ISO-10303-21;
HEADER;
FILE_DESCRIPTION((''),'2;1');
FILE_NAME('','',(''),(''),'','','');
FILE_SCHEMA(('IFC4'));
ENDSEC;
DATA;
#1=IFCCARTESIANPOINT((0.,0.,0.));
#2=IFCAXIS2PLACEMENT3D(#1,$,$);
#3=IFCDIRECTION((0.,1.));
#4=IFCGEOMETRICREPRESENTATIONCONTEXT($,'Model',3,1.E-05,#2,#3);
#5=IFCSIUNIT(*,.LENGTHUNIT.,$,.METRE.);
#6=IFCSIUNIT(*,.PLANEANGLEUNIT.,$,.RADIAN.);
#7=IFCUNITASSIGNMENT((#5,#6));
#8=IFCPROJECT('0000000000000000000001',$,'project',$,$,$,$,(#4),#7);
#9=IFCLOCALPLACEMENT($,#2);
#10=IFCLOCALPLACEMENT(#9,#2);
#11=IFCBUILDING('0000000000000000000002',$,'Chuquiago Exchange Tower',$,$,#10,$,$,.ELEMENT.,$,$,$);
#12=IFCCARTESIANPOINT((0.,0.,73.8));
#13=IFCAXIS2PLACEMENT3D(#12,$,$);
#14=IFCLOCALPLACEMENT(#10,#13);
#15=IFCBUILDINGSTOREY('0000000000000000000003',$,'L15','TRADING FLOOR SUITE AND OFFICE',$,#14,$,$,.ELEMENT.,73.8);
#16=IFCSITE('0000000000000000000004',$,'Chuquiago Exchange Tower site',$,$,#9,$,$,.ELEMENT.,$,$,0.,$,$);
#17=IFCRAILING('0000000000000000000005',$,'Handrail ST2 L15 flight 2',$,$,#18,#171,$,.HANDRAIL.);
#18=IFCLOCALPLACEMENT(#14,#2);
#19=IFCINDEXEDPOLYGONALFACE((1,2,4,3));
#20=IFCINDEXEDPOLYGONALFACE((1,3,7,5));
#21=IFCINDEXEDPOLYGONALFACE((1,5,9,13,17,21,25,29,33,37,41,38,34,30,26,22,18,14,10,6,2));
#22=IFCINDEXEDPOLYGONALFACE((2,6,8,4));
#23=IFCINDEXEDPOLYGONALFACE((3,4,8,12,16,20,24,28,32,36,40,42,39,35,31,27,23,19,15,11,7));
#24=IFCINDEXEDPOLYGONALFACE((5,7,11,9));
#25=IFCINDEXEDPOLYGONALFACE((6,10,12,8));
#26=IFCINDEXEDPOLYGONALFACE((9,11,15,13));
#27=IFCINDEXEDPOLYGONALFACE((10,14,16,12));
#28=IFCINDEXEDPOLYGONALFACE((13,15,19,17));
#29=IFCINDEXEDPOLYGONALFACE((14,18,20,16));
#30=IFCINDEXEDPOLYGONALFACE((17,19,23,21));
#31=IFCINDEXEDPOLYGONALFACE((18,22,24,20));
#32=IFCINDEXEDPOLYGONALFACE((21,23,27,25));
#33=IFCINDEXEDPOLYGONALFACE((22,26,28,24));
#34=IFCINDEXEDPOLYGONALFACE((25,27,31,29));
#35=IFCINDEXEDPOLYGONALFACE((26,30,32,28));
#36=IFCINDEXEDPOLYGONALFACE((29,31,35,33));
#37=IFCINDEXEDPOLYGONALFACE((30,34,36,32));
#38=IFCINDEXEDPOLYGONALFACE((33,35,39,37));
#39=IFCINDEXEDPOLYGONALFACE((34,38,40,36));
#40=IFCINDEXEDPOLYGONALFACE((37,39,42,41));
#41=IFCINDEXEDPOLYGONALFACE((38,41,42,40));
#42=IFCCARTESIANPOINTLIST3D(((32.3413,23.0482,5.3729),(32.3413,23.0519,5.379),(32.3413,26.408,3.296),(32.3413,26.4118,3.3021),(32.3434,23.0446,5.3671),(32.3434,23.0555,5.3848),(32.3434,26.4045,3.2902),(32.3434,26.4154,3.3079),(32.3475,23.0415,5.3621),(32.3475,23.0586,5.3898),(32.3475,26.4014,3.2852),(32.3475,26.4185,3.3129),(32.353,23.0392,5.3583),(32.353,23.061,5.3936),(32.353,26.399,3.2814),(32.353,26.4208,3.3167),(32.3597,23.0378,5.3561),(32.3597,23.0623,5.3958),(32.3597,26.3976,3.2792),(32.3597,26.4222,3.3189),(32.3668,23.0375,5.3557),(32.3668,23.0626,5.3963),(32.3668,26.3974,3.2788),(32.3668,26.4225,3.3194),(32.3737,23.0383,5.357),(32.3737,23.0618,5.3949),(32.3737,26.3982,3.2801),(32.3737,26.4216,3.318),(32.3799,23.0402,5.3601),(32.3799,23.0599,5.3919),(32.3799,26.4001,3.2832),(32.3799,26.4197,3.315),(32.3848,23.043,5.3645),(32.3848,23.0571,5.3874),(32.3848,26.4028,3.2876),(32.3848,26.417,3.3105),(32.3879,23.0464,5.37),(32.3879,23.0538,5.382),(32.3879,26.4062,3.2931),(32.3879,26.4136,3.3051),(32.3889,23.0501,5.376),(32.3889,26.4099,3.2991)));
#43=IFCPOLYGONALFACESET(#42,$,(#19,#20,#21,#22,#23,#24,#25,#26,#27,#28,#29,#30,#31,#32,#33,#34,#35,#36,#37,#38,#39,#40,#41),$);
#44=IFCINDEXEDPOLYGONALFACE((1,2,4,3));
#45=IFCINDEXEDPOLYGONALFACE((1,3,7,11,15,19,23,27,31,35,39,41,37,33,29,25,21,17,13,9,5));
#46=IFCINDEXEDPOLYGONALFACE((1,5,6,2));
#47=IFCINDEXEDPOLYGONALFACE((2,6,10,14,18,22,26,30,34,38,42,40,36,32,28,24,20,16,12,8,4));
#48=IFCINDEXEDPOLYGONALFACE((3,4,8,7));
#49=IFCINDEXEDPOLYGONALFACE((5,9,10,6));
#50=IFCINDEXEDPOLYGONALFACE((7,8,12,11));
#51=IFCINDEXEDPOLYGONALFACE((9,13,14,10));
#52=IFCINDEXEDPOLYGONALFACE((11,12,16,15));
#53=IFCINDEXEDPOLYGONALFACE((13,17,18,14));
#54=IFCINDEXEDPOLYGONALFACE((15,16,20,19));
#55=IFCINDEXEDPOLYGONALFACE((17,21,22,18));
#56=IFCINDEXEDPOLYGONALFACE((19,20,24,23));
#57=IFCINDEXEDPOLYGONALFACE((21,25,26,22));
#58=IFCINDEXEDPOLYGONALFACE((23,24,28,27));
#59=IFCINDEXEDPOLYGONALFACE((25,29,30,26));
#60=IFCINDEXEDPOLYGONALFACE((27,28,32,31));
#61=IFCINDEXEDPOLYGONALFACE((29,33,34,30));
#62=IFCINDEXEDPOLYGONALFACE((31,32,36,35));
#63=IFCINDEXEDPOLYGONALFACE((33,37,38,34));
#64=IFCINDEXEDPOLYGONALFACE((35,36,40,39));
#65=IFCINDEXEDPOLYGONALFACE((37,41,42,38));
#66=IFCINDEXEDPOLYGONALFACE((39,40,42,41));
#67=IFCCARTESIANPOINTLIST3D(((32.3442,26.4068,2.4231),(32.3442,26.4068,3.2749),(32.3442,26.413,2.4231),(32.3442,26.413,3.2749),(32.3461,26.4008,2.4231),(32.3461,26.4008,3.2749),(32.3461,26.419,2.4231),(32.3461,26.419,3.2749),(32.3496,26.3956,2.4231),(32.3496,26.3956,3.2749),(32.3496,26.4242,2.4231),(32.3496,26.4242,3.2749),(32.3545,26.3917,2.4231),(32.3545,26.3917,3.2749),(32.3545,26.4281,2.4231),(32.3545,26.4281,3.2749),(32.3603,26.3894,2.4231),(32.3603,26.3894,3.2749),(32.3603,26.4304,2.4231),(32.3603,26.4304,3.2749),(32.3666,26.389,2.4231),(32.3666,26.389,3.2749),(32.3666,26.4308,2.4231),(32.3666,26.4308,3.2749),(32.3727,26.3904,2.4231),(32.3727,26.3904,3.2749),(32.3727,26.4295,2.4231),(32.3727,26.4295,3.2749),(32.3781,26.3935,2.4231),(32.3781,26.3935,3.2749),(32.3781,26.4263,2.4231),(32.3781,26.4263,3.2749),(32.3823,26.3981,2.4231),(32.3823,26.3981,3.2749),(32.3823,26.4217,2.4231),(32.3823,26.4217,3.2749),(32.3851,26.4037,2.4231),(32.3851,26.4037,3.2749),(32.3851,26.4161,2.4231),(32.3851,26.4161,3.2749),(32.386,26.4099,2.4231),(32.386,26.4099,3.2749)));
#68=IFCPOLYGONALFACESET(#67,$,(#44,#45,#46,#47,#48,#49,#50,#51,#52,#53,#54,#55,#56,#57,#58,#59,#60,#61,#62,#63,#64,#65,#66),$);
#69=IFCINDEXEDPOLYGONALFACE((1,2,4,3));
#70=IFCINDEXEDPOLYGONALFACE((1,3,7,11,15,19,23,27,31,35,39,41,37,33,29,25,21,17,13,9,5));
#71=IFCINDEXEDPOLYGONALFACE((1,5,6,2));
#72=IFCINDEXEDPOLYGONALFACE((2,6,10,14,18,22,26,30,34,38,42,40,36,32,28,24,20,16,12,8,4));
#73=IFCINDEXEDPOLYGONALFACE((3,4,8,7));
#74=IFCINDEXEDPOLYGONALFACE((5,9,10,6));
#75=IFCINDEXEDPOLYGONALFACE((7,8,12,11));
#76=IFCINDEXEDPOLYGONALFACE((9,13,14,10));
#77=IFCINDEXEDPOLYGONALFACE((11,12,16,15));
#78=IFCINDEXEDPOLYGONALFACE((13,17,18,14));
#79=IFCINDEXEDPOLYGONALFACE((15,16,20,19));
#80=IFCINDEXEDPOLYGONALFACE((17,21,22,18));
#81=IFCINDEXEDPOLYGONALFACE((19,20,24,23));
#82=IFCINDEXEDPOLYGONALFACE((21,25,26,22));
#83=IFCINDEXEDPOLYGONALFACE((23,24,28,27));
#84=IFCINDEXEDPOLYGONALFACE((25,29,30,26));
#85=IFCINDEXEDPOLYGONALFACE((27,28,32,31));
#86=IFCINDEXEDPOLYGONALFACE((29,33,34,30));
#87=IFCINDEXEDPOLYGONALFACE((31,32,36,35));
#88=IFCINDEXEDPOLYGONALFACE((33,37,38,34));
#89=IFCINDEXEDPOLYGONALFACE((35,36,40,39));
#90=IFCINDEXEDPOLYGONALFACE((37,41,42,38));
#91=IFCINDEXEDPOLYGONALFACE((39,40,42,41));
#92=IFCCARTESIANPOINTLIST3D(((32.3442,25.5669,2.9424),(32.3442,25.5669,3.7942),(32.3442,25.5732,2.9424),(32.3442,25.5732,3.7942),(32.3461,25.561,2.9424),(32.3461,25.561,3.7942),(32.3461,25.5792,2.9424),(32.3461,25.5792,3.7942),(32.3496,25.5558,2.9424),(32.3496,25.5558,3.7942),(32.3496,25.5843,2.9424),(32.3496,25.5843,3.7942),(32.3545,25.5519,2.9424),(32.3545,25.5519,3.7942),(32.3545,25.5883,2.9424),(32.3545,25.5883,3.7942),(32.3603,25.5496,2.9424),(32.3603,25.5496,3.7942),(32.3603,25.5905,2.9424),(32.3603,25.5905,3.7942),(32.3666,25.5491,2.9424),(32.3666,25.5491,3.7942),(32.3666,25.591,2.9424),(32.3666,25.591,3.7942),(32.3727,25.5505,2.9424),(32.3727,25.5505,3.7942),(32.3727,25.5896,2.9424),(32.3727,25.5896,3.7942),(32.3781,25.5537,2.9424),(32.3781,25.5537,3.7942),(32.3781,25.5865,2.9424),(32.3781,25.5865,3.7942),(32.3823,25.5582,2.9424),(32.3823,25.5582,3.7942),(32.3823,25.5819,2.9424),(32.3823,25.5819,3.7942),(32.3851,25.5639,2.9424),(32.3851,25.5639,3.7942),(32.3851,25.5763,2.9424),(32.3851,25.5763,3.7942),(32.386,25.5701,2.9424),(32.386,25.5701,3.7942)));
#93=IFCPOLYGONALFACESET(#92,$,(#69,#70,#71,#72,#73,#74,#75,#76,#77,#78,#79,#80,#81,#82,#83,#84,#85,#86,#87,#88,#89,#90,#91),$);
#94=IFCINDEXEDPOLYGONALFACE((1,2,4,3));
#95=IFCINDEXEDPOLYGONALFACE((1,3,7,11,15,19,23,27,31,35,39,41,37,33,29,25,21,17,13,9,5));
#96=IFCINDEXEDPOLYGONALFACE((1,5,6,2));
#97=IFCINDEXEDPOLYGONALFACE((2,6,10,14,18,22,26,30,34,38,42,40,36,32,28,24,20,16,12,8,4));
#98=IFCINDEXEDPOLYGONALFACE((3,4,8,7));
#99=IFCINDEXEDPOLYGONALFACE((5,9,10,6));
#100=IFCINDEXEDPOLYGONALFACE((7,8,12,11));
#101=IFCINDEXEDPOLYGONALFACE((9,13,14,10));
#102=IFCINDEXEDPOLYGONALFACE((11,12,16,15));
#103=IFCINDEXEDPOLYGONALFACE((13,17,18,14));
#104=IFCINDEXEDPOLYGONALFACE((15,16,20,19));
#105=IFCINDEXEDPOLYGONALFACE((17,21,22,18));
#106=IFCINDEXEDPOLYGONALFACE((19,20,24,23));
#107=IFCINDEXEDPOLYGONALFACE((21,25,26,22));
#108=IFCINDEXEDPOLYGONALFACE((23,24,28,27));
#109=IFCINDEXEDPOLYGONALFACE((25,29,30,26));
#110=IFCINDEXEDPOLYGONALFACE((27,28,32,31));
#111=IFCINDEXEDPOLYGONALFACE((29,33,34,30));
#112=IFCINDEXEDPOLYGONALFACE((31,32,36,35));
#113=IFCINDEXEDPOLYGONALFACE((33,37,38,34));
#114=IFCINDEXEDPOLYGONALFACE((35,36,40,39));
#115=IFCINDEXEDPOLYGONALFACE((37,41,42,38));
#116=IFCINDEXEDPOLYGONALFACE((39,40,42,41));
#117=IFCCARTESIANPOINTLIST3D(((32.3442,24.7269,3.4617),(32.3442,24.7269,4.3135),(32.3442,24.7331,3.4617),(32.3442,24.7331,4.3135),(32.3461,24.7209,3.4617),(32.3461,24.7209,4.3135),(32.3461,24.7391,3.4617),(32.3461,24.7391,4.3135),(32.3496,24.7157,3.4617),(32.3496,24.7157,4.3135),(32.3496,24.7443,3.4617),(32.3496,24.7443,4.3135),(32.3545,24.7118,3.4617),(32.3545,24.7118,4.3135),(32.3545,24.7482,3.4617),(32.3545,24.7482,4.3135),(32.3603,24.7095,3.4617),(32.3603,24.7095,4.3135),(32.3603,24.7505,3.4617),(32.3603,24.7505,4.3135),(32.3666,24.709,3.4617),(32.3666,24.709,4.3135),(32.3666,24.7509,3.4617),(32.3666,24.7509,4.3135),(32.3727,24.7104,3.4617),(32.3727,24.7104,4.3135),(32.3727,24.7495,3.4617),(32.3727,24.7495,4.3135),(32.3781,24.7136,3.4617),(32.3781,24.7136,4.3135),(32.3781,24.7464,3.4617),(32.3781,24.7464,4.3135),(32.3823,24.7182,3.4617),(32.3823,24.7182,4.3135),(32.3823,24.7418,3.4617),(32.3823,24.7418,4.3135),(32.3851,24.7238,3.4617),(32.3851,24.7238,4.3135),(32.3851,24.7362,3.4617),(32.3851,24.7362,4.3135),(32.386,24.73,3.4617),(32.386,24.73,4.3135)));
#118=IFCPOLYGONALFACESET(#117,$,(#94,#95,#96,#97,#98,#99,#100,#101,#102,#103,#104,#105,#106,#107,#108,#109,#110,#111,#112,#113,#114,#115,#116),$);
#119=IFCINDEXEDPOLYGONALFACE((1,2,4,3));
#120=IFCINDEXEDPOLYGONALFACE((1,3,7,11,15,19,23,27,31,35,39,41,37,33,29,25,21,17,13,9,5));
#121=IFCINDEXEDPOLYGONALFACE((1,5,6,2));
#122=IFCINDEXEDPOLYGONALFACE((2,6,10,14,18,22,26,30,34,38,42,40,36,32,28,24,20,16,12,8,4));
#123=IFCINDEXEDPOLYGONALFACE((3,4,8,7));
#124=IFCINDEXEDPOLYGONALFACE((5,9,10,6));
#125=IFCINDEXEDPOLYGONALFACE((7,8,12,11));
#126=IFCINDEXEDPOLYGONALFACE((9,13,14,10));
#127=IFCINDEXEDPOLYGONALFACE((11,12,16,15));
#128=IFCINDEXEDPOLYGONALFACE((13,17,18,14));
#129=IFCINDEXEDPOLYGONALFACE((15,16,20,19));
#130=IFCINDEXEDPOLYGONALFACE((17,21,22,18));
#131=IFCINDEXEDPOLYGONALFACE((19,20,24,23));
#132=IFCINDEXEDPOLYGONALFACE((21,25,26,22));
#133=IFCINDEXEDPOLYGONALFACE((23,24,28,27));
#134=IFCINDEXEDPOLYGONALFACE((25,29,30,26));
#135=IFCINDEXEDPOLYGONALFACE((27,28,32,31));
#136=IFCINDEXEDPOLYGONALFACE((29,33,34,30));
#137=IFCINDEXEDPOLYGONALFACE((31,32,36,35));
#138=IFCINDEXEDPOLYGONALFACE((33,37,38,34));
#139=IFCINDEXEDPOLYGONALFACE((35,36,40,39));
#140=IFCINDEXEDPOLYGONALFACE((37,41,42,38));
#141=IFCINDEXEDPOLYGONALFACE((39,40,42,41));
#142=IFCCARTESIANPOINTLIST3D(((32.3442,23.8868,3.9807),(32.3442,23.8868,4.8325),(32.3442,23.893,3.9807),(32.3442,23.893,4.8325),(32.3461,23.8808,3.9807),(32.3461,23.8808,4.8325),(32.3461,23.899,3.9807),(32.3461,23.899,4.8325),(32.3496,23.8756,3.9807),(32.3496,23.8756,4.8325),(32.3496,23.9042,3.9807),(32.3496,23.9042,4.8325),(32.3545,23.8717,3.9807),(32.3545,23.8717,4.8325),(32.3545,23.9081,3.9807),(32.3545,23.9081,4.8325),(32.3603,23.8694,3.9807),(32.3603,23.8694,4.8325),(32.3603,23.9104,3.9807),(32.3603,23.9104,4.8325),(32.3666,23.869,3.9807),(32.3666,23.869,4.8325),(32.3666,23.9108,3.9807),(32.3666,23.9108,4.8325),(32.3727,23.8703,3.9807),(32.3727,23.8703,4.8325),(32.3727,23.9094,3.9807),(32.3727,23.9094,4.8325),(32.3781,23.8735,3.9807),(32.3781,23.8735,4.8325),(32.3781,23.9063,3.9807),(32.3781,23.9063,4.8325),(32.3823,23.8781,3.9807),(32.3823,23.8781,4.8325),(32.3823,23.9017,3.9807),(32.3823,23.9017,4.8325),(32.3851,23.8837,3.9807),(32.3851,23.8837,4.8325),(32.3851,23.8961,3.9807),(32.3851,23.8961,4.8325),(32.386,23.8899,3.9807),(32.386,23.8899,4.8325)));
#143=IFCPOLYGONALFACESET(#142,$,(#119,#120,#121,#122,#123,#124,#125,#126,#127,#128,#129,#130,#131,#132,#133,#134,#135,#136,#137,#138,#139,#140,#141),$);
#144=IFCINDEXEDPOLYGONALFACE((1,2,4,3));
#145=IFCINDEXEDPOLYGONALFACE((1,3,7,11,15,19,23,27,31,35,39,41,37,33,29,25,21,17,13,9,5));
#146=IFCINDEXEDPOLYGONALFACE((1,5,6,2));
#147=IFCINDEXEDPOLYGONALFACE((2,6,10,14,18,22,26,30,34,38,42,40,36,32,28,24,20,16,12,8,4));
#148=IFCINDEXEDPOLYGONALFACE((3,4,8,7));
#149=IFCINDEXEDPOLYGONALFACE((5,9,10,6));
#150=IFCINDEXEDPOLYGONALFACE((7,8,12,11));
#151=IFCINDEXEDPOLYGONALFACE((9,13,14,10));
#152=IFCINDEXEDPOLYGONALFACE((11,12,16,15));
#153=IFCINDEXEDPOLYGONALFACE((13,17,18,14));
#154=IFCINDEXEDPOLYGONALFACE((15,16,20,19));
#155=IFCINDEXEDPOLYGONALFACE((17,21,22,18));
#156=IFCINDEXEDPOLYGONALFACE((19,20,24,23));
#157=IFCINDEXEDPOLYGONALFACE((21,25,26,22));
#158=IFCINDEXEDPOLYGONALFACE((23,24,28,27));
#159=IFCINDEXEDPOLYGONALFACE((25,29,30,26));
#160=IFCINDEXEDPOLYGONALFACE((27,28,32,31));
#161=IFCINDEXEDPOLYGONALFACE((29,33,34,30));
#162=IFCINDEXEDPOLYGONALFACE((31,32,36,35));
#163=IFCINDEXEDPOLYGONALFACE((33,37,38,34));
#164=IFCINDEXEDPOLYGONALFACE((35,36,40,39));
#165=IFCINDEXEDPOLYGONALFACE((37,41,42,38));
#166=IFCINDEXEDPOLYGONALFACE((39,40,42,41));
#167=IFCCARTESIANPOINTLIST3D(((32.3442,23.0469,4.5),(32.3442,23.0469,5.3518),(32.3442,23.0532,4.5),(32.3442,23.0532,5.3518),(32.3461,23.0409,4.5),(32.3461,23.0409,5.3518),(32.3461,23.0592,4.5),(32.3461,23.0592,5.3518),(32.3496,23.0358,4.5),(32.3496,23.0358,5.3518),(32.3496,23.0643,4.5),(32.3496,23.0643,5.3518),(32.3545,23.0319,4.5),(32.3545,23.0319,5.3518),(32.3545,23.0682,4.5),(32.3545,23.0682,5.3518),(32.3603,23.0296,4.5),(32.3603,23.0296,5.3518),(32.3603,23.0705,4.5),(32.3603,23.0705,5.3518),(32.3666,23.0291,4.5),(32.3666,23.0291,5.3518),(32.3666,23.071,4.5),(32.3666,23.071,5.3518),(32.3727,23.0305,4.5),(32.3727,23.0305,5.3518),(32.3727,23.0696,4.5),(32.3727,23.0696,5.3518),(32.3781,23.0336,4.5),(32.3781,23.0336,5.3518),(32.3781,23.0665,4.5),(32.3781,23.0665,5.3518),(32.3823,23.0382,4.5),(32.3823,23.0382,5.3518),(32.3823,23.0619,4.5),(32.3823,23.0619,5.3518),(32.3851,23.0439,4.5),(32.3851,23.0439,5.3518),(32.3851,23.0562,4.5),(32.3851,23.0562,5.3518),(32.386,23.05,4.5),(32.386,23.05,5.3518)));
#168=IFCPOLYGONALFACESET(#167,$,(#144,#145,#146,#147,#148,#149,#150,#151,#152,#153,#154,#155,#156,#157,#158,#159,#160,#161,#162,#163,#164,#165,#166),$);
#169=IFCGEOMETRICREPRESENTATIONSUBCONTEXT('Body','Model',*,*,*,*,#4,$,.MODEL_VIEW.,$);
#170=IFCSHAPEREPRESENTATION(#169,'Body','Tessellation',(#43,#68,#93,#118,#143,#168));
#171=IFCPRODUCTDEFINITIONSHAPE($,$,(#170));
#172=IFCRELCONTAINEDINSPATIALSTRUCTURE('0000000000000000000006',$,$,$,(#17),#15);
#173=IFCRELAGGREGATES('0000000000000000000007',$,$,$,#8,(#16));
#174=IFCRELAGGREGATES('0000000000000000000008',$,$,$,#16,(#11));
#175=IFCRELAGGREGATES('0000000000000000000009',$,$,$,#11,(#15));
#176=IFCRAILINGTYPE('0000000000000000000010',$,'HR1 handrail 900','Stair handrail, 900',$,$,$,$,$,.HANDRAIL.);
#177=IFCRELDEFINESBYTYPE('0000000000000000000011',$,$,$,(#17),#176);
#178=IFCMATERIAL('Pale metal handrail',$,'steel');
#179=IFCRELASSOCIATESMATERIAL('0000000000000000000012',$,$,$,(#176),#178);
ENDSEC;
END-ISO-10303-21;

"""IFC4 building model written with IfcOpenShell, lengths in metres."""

from ifc_helpers import new_model, si_unit, direction, frame, origin, origin_2d, place, context, subcontext, project, spatial, circle, extrude, material, type_object, element, save


model = new_model("IFC4")

# Units and contexts
model_context = context("Model", 3, precision=1e-05, world=origin(), true_north=direction((0.0, 1.0)))
body_context = subcontext(model_context, "Body", "Model", "MODEL_VIEW")
ifc_project = project(units=[si_unit("LENGTHUNIT", "METRE"), si_unit("PLANEANGLEUNIT", "RADIAN")], contexts=[model_context])

# Site, building, storey
site_placement = place(None, origin())
site = spatial("IfcSite", under=ifc_project, at=site_placement, Name="Chuquiago Exchange Tower site", CompositionType="ELEMENT", RefElevation=0.0)
building_placement = place(site_placement, origin())
building = spatial("IfcBuilding", under=site, at=building_placement, Name="Chuquiago Exchange Tower", CompositionType="ELEMENT")
storey_placement = place(building_placement, frame((0.0, 0.0, 73.8)))
storey = spatial("IfcBuildingStorey", under=building, at=storey_placement, Name="L15", Description="TRADING FLOOR SUITE AND OFFICE", CompositionType="ELEMENT", Elevation=73.8)

# Railing
ifc_material_1 = material(Name="Pale metal handrail", Category="steel")
railing_type_1 = type_object("IfcRailingType", Name="HR1 handrail 900", Description="Stair handrail, 900", PredefinedType="HANDRAIL", material=ifc_material_1)
for number, where, name in (
    (1, (32.365, 26.4099, 2.4231), "Handrail ST2 L15 flight 2"),
):
    element("IfcRailing", number, at=place(storey_placement, frame(where)), inside=storey, type_object=railing_type_1, Name=name, PredefinedType="HANDRAIL", context=body_context, shape_type="SweptSolid", body=[
        extrude(circle(Radius=0.0239, at=origin_2d()), frame((0.0, 0.0, 0.876), z_axis=(0.0, -0.850606, 0.525803), x_axis=(1.0, 0.0, 0.0)), (0.0, 0.0, 1.0), 3.95),
        extrude(circle(Radius=0.021, at=origin_2d()), origin(), (0.0, 0.0, 1.0), 0.8518),
        extrude(circle(Radius=0.021, at=origin_2d()), frame((0.0, -0.8398, 0.5193)), (0.0, 0.0, 1.0), 0.8518),
        extrude(circle(Radius=0.021, at=origin_2d()), frame((0.0, -1.6799, 1.0386)), (0.0, 0.0, 1.0), 0.8518),
        extrude(circle(Radius=0.021, at=origin_2d()), frame((0.0, -2.52, 1.5576)), (0.0, 0.0, 1.0), 0.8518),
        extrude(circle(Radius=0.021, at=origin_2d()), frame((0.0, -3.3599, 2.0769)), (0.0, 0.0, 1.0), 0.8518),
    ])

save(model, "model.ifc")
